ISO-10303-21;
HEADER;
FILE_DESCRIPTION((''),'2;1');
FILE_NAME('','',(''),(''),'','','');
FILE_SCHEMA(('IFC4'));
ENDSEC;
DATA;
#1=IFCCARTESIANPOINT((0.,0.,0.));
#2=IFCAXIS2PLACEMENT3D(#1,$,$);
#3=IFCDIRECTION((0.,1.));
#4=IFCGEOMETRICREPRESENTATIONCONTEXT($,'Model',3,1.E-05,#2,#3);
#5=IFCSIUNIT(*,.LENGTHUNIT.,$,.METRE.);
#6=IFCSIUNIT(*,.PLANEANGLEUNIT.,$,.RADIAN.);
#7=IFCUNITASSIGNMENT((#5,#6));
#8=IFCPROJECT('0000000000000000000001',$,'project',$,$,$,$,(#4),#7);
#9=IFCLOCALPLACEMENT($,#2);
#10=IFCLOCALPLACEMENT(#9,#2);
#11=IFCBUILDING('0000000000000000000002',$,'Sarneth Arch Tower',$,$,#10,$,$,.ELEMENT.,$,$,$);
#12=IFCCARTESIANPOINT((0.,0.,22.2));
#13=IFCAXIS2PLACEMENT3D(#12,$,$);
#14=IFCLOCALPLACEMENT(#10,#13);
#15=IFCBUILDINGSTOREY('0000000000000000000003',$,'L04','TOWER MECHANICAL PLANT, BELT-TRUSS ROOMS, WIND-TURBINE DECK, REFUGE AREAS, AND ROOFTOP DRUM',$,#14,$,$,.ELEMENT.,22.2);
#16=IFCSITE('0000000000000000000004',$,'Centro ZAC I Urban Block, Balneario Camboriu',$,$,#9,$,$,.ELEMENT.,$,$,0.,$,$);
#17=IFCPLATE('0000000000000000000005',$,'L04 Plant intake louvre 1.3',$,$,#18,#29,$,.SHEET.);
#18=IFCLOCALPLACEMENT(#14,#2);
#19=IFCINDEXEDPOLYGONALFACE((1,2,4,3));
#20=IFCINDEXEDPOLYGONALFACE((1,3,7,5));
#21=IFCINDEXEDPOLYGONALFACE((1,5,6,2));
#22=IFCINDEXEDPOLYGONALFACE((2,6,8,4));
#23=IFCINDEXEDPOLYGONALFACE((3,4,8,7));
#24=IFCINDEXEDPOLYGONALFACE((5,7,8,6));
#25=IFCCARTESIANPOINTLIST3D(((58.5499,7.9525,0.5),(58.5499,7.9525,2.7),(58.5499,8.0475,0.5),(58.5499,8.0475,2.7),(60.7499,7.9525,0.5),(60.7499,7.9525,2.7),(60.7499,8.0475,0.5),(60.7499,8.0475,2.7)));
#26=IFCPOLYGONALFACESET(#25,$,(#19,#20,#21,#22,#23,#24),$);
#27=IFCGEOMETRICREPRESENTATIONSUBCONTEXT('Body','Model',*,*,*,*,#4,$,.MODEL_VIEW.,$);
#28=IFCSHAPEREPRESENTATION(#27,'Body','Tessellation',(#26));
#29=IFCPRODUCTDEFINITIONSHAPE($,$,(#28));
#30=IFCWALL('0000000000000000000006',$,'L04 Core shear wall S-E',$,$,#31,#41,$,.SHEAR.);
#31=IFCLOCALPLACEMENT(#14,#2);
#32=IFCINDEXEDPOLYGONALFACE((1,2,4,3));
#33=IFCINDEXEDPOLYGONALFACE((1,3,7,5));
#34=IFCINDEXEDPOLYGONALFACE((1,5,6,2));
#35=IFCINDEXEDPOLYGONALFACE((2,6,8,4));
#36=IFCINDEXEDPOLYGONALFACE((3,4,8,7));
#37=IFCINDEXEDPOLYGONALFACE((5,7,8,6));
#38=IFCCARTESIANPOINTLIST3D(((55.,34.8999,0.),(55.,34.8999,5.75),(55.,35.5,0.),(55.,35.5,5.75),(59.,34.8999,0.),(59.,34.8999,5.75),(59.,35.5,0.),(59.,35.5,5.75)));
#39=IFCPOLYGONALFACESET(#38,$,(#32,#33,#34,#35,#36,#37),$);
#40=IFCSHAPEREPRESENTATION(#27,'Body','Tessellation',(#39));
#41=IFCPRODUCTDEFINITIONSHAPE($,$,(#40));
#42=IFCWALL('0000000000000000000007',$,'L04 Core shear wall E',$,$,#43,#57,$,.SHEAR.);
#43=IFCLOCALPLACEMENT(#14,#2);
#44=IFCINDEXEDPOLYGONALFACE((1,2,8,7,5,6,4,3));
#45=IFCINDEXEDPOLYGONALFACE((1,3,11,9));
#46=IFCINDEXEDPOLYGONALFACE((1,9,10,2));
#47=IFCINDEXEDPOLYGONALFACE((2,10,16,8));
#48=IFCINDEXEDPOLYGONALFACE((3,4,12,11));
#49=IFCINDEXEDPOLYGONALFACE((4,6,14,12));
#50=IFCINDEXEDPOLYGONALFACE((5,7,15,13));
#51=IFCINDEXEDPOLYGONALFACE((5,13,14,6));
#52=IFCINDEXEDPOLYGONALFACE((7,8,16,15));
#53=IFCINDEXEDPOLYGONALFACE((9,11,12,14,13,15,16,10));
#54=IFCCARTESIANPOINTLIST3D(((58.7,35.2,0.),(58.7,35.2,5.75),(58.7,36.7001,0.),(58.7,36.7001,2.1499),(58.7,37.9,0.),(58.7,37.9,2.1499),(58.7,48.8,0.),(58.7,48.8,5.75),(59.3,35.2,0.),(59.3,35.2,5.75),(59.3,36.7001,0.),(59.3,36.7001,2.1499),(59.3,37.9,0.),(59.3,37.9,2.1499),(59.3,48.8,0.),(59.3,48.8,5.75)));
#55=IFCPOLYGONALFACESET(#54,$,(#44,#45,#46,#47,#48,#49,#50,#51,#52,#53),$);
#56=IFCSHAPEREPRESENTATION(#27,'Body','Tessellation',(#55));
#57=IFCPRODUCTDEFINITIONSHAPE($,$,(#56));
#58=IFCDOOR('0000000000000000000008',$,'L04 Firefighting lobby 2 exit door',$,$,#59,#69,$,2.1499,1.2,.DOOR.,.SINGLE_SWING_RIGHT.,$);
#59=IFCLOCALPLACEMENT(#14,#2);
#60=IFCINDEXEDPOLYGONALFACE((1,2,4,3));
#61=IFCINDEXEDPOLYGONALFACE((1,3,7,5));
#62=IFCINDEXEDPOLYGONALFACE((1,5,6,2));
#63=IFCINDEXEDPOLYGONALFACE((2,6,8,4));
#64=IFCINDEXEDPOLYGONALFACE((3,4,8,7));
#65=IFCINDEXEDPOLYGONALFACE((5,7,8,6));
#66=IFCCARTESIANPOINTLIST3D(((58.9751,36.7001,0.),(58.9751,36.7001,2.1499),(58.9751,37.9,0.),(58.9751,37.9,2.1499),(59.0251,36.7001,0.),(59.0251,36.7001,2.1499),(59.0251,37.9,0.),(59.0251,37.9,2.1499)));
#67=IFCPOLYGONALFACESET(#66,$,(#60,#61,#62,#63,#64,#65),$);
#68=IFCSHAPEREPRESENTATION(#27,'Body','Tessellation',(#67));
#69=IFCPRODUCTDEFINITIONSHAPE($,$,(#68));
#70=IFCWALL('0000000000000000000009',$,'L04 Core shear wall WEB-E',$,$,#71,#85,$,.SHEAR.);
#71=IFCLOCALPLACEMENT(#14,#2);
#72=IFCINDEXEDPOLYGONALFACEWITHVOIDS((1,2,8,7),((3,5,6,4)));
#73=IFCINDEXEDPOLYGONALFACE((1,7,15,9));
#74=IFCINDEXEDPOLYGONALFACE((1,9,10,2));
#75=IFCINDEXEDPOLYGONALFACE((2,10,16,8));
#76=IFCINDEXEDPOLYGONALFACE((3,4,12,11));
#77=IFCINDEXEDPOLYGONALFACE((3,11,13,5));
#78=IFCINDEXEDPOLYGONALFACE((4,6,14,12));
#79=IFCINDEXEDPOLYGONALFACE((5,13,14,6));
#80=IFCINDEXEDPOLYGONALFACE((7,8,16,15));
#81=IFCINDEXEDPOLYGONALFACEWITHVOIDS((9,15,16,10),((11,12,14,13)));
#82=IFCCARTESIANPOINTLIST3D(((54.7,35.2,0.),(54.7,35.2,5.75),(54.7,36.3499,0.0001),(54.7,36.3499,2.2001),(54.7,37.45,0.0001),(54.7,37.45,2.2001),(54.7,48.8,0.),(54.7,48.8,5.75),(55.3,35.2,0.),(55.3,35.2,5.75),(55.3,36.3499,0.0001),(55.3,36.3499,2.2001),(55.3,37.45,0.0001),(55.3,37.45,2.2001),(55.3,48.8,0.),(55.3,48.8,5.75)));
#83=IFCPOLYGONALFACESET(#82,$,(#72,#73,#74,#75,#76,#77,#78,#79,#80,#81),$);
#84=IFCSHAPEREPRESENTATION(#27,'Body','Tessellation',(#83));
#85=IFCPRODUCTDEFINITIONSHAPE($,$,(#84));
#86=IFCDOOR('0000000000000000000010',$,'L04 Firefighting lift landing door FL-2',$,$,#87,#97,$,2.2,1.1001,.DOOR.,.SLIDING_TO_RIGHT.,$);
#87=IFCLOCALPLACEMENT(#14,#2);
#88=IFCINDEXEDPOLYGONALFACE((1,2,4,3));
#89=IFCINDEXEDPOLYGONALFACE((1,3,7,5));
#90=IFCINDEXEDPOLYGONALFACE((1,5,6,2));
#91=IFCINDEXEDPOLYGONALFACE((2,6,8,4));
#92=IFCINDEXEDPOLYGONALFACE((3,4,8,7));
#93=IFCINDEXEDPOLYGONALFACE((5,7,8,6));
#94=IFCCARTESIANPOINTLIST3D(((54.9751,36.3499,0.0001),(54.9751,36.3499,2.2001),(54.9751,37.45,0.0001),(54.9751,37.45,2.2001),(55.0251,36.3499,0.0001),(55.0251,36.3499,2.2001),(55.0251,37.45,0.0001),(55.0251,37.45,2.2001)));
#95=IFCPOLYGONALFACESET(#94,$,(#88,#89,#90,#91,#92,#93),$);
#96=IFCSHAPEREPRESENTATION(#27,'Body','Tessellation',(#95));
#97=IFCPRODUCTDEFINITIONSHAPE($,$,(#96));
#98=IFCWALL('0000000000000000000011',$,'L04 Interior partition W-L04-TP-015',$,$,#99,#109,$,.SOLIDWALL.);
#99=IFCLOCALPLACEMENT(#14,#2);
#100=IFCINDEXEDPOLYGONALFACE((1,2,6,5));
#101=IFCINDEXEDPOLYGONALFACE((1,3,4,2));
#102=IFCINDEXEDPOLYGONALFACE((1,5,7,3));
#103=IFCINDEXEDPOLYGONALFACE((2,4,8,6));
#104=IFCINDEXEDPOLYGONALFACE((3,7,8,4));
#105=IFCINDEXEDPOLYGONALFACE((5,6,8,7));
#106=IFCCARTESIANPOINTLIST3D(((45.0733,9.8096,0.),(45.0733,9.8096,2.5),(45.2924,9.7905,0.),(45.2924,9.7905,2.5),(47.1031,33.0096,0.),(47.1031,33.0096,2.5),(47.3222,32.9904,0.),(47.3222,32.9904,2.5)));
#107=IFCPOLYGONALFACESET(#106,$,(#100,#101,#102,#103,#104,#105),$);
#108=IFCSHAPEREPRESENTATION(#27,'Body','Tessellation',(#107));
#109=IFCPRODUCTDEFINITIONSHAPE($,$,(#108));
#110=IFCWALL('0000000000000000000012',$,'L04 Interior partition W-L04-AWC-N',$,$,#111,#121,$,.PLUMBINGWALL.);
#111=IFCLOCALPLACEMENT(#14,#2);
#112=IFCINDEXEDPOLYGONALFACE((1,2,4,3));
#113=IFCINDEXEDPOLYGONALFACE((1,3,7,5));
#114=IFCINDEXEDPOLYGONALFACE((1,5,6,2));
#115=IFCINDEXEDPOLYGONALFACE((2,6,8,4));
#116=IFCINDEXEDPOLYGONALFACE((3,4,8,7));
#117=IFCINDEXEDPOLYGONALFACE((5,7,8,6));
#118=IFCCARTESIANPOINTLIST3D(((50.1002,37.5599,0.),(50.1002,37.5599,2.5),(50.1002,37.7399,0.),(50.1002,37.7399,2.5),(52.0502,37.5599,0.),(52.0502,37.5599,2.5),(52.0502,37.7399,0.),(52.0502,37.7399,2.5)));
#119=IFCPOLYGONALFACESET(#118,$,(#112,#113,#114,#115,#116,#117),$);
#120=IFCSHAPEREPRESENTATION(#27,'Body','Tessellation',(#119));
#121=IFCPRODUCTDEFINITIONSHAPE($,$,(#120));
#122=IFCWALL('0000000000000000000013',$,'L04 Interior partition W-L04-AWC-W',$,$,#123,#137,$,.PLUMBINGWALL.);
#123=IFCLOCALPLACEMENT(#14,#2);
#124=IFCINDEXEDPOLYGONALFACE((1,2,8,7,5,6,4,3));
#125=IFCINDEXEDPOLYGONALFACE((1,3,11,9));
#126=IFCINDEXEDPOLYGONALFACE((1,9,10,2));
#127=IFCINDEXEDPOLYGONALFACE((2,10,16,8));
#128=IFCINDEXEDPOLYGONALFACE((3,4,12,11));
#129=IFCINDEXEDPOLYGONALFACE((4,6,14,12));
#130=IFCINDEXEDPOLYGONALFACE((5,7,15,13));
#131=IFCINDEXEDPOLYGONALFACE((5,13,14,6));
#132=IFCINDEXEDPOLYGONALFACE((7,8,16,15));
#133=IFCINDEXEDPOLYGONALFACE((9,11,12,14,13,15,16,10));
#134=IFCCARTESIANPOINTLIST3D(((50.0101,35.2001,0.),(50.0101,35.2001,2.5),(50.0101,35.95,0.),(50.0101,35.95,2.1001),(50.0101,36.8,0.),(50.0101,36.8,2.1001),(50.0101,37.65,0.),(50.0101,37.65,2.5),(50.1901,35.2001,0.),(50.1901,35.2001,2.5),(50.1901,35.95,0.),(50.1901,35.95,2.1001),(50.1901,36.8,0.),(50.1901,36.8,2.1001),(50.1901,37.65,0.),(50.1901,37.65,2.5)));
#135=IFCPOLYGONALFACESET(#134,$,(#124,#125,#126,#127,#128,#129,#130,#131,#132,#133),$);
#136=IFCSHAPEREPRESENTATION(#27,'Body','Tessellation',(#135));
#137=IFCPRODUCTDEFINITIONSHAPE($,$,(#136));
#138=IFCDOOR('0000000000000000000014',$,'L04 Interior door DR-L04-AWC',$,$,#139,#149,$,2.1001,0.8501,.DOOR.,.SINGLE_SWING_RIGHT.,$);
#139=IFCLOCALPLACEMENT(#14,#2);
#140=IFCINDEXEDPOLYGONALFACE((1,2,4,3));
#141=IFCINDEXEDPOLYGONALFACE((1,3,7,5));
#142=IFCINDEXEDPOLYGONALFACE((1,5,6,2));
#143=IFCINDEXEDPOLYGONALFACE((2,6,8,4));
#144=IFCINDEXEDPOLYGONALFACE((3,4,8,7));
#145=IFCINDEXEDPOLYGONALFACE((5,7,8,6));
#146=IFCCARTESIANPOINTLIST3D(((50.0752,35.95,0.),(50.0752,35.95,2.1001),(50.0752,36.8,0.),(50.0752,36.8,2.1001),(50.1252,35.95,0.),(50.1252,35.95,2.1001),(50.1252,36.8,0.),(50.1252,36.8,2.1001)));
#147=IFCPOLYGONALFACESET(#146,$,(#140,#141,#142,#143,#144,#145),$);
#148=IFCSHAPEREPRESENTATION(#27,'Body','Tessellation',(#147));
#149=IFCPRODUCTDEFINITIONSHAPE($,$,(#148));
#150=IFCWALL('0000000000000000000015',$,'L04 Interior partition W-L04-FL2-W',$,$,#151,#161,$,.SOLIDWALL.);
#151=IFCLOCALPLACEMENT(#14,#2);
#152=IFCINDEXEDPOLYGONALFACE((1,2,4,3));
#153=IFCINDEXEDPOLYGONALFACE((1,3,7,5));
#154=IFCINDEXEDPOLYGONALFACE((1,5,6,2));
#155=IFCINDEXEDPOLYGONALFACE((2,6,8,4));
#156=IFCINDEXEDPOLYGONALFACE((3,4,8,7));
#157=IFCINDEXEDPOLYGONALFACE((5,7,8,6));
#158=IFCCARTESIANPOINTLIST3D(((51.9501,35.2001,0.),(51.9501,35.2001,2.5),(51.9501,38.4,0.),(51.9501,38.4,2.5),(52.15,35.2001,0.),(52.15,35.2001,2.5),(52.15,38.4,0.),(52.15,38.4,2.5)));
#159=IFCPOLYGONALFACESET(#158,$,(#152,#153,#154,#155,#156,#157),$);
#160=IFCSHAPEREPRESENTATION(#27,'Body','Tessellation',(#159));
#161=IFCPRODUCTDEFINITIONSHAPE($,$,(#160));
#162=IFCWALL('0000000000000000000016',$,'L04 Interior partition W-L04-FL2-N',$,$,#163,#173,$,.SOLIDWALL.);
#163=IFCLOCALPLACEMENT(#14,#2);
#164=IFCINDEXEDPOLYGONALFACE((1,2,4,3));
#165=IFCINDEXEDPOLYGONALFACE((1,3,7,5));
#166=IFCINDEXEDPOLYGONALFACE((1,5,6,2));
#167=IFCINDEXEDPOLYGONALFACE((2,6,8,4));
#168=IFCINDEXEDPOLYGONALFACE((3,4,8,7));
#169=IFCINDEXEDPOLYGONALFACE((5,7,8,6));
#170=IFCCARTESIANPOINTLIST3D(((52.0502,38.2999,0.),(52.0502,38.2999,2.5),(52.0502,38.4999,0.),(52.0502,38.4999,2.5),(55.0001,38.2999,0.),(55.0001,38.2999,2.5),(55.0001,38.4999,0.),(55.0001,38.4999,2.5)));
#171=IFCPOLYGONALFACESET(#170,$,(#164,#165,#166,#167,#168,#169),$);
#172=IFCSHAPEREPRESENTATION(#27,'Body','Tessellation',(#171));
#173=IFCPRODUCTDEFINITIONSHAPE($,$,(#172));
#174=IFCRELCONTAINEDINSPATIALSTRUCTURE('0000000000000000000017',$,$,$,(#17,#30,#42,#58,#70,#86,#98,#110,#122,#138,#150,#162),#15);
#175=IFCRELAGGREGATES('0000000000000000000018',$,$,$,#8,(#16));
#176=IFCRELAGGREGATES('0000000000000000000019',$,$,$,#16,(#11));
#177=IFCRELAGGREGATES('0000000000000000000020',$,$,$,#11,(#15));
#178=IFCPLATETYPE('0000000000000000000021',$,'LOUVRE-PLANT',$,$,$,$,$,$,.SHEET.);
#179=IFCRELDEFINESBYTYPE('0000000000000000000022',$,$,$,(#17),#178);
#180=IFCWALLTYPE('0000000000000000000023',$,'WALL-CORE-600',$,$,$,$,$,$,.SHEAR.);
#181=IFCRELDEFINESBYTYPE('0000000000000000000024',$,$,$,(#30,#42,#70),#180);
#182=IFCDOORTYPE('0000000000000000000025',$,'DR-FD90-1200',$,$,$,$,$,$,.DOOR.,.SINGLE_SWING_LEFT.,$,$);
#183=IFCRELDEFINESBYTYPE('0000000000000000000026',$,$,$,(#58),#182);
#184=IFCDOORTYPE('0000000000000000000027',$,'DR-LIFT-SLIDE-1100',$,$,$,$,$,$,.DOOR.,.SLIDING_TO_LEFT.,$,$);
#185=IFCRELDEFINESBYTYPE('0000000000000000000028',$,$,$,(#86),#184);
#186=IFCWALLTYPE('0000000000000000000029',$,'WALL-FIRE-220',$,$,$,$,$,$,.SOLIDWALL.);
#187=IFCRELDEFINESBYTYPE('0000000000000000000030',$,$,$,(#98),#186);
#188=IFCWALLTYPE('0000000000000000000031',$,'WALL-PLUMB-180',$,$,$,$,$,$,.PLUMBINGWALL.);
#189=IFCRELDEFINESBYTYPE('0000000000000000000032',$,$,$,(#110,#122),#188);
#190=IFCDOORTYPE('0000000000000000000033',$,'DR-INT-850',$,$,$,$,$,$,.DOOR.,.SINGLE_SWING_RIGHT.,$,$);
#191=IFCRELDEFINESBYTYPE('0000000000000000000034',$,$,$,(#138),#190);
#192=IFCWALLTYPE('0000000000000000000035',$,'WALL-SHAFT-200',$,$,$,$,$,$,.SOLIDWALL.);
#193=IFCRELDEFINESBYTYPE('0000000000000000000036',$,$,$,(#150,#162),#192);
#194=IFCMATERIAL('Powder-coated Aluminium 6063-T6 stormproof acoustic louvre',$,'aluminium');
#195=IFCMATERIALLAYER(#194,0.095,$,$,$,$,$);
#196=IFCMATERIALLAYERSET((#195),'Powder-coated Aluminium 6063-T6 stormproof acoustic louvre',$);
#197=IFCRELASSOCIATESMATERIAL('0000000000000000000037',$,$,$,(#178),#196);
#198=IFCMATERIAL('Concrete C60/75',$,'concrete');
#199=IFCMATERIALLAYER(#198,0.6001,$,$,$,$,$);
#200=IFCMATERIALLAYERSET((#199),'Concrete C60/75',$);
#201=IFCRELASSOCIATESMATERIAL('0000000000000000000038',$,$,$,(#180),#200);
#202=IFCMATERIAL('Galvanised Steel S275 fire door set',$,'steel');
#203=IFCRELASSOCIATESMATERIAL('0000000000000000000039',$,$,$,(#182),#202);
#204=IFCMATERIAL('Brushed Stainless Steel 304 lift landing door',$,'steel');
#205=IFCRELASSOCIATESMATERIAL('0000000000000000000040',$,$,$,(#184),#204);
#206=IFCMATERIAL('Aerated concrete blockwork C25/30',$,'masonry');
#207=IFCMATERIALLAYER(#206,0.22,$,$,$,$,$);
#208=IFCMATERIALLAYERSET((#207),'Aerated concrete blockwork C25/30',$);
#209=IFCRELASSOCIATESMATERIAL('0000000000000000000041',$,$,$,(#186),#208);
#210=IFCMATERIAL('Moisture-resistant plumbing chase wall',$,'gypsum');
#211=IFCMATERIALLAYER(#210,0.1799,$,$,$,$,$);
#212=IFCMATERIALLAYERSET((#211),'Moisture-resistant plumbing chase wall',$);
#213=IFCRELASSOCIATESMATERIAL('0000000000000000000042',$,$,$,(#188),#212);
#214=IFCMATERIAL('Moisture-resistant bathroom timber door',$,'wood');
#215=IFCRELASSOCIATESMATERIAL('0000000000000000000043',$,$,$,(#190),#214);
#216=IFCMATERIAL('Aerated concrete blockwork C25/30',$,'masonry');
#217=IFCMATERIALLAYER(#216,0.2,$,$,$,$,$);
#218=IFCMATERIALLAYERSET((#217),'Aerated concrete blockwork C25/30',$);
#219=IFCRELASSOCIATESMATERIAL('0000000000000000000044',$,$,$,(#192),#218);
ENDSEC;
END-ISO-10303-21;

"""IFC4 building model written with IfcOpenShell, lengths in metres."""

from ifc_helpers import new_model, si_unit, direction, frame, frame_2d, origin, origin_2d, place, context, subcontext, project, spatial, rectangle, extrude, material, layer, layer_set, type_object, element, fill, save


model = new_model("IFC4")

# Units and contexts
model_context = context("Model", 3, precision=1e-05, world=origin(), true_north=direction((0.0, 1.0)))
body_context = subcontext(model_context, "Body", "Model", "MODEL_VIEW")
ifc_project = project(units=[si_unit("LENGTHUNIT", "METRE"), si_unit("PLANEANGLEUNIT", "RADIAN")], contexts=[model_context])

# Site, building, storey
site_placement = place(None, origin())
site = spatial("IfcSite", under=ifc_project, at=site_placement, Name="Centro ZAC I Urban Block, Balneario Camboriu", CompositionType="ELEMENT", RefElevation=0.0)
building_placement = place(site_placement, origin())
building = spatial("IfcBuilding", under=site, at=building_placement, Name="Sarneth Arch Tower", CompositionType="ELEMENT")
storey_placement = place(building_placement, frame((0.0, 0.0, 22.2)))
storey = spatial("IfcBuildingStorey", under=building, at=storey_placement, Name="L04", Description="TOWER MECHANICAL PLANT, BELT-TRUSS ROOMS, WIND-TURBINE DECK, REFUGE AREAS, AND ROOFTOP DRUM", CompositionType="ELEMENT", Elevation=22.2)

# Plate
ifc_material_1 = material(Name="Powder-coated Aluminium 6063-T6 stormproof acoustic louvre", Category="aluminium")
ifc_layer_1 = layer(ifc_material_1, 0.095)
ifc_layer_set_1 = layer_set([ifc_layer_1], Name="Powder-coated Aluminium 6063-T6 stormproof acoustic louvre")
plate_type = type_object("IfcPlateType", Name="LOUVRE-PLANT", PredefinedType="SHEET", material=ifc_layer_set_1)
plate_placement = place(storey_placement, frame((59.6499, 8.0, 0.5), z_axis=(0.0, 0.0, 1.0), x_axis=(1.0, 0.0, 0.0)))
element("IfcPlate", 1, at=plate_placement, inside=storey, type_object=plate_type, Name="L04 Plant intake louvre 1.3", PredefinedType="SHEET", context=body_context, shape_type="SweptSolid", body=[
    extrude(rectangle(XDim=2.2, YDim=0.095, at=origin_2d()), origin(), (0.0, 0.0, 1.0), 2.2),
])

# Wall
ifc_material_2 = material(Name="Concrete C60/75", Category="concrete")
ifc_layer_2 = layer(ifc_material_2, 0.6001)
ifc_layer_set_2 = layer_set([ifc_layer_2], Name="Concrete C60/75")
wall_type_1 = type_object("IfcWallType", Name="WALL-CORE-600", PredefinedType="SHEAR", material=ifc_layer_set_2)
wall_1_placement = place(storey_placement, frame((55.0, 35.2, 0.0), z_axis=(0.0, 0.0, 1.0), x_axis=(1.0, 0.0, 0.0)))
element("IfcWall", 2, at=wall_1_placement, inside=storey, type_object=wall_type_1, Name="L04 Core shear wall S-E", PredefinedType="SHEAR", context=body_context, shape_type="SweptSolid", body=[
    extrude(rectangle(XDim=4.0, YDim=0.6001, at=frame_2d((2.0, 0.0))), origin(), (0.0, 0.0, 1.0), 5.75),
])

# Walls, openings, doors
wall_2_placement = place(storey_placement, frame((59.0, 35.2, 0.0), z_axis=(0.0, 0.0, 1.0), x_axis=(0.0, 1.0, 0.0)))
wall_2 = element("IfcWall", 3, at=wall_2_placement, inside=storey, type_object=wall_type_1, Name="L04 Core shear wall E", PredefinedType="SHEAR", context=body_context, shape_type="SweptSolid", body=[
    extrude(rectangle(XDim=13.6001, YDim=0.6001, at=frame_2d((6.8, 0.0))), origin(), (0.0, 0.0, 1.0), 5.75),
])
opening_1_placement = place(wall_2_placement, frame((1.5, 0.0, 0.0)))
opening_1 = element("IfcOpeningElement", 4, at=opening_1_placement, cuts=wall_2, PredefinedType="OPENING", context=body_context, shape_type="SweptSolid", body=[
    extrude(rectangle(XDim=1.2, YDim=2.1499, at=frame_2d((0.6001, 1.075))), frame((0.0, 0.3101, 0.0), z_axis=(0.0, -1.0, 0.0), x_axis=(1.0, 0.0, 0.0)), (0.0, 0.0, 1.0), 0.6201),
])
ifc_material_3 = material(Name="Galvanised Steel S275 fire door set", Category="steel")
door_type_1 = type_object("IfcDoorType", Name="DR-FD90-1200", OperationType="SINGLE_SWING_LEFT", PredefinedType="DOOR", material=ifc_material_3)
door_1_placement = place(opening_1_placement, origin())
door_1 = element("IfcDoor", 5, at=door_1_placement, inside=storey, type_object=door_type_1, Name="L04 Firefighting lobby 2 exit door", OperationType="SINGLE_SWING_RIGHT", OverallHeight=2.1499, OverallWidth=1.2, PredefinedType="DOOR", context=body_context, shape_type="SweptSolid", body=[
    extrude(rectangle(XDim=1.2, YDim=2.1499, at=frame_2d((0.6001, 1.075))), frame((0.0, 0.0249, 0.0), z_axis=(0.0, -1.0, 0.0), x_axis=(1.0, 0.0, 0.0)), (0.0, 0.0, 1.0), 0.05),
])
fill(opening_1, door_1)
wall_3_placement = place(storey_placement, frame((55.0, 35.2, 0.0), z_axis=(0.0, 0.0, 1.0), x_axis=(0.0, 1.0, 0.0)))
wall_3 = element("IfcWall", 6, at=wall_3_placement, inside=storey, type_object=wall_type_1, Name="L04 Core shear wall WEB-E", PredefinedType="SHEAR", context=body_context, shape_type="SweptSolid", body=[
    extrude(rectangle(XDim=13.6001, YDim=0.6001, at=frame_2d((6.8, 0.0))), origin(), (0.0, 0.0, 1.0), 5.75),
])
opening_2_placement = place(wall_3_placement, frame((1.1499, 0.0, 0.0)))
opening_2 = element("IfcOpeningElement", 7, at=opening_2_placement, cuts=wall_3, PredefinedType="OPENING", context=body_context, shape_type="SweptSolid", body=[
    extrude(rectangle(XDim=1.1001, YDim=2.2, at=frame_2d((0.55, 1.1001))), frame((0.0, 0.3101, 0.0), z_axis=(0.0, -1.0, 0.0), x_axis=(1.0, 0.0, 0.0)), (0.0, 0.0, 1.0), 0.6201),
])
ifc_material_4 = material(Name="Brushed Stainless Steel 304 lift landing door", Category="steel")
door_type_2 = type_object("IfcDoorType", Name="DR-LIFT-SLIDE-1100", OperationType="SLIDING_TO_LEFT", PredefinedType="DOOR", material=ifc_material_4)
door_2_placement = place(opening_2_placement, origin())
door_2 = element("IfcDoor", 8, at=door_2_placement, inside=storey, type_object=door_type_2, Name="L04 Firefighting lift landing door FL-2", OperationType="SLIDING_TO_RIGHT", OverallHeight=2.2, OverallWidth=1.1001, PredefinedType="DOOR", context=body_context, shape_type="SweptSolid", body=[
    extrude(rectangle(XDim=1.1001, YDim=2.2, at=frame_2d((0.55, 1.1001))), frame((0.0, 0.0249, 0.0), z_axis=(0.0, -1.0, 0.0), x_axis=(1.0, 0.0, 0.0)), (0.0, 0.0, 1.0), 0.05),
])
fill(opening_2, door_2)

# Wall
ifc_material_5 = material(Name="Aerated concrete blockwork C25/30", Category="masonry")
ifc_layer_3 = layer(ifc_material_5, 0.22)
ifc_layer_set_3 = layer_set([ifc_layer_3], Name="Aerated concrete blockwork C25/30")
wall_type_2 = type_object("IfcWallType", Name="WALL-FIRE-220", PredefinedType="SOLIDWALL", material=ifc_layer_set_3)
wall_4_placement = place(storey_placement, frame((47.2126, 33.0, 0.0), z_axis=(0.0, 0.0, 1.0), x_axis=(-0.087158, -0.996195, 0.0)))
element("IfcWall", 9, at=wall_4_placement, inside=storey, type_object=wall_type_2, Name="L04 Interior partition W-L04-TP-015", PredefinedType="SOLIDWALL", context=body_context, shape_type="SweptSolid", body=[
    extrude(rectangle(XDim=23.2886, YDim=0.22, at=frame_2d((11.6443, 0.0))), origin(), (0.0, 0.0, 1.0), 2.5),
])

# Wall
ifc_material_6 = material(Name="Moisture-resistant plumbing chase wall", Category="gypsum")
ifc_layer_4 = layer(ifc_material_6, 0.1799)
ifc_layer_set_4 = layer_set([ifc_layer_4], Name="Moisture-resistant plumbing chase wall")
wall_type_3 = type_object("IfcWallType", Name="WALL-PLUMB-180", PredefinedType="PLUMBINGWALL", material=ifc_layer_set_4)
wall_5_placement = place(storey_placement, frame((50.1001, 37.6499, 0.0), z_axis=(0.0, 0.0, 1.0), x_axis=(1.0, 0.0, 0.0)))
element("IfcWall", 10, at=wall_5_placement, inside=storey, type_object=wall_type_3, Name="L04 Interior partition W-L04-AWC-N", PredefinedType="PLUMBINGWALL", context=body_context, shape_type="SweptSolid", body=[
    extrude(rectangle(XDim=1.95, YDim=0.1799, at=frame_2d((0.9751, 0.0))), origin(), (0.0, 0.0, 1.0), 2.5),
])

# Wall, opening, door
wall_6_placement = place(storey_placement, frame((50.1001, 35.2, 0.0), z_axis=(0.0, 0.0, 1.0), x_axis=(0.0, 1.0, 0.0)))
wall_6 = element("IfcWall", 11, at=wall_6_placement, inside=storey, type_object=wall_type_3, Name="L04 Interior partition W-L04-AWC-W", PredefinedType="PLUMBINGWALL", context=body_context, shape_type="SweptSolid", body=[
    extrude(rectangle(XDim=2.45, YDim=0.1799, at=frame_2d((1.2251, 0.0))), origin(), (0.0, 0.0, 1.0), 2.5),
])
opening_3_placement = place(wall_6_placement, frame((0.75, 0.0, 0.0)))
opening_3 = element("IfcOpeningElement", 12, at=opening_3_placement, cuts=wall_6, PredefinedType="OPENING", context=body_context, shape_type="SweptSolid", body=[
    extrude(rectangle(XDim=0.8501, YDim=2.1001, at=frame_2d((0.425, 1.05))), frame((0.0, 0.0999, 0.0), z_axis=(0.0, -1.0, 0.0), x_axis=(1.0, 0.0, 0.0)), (0.0, 0.0, 1.0), 0.2),
])
ifc_material_7 = material(Name="Moisture-resistant bathroom timber door", Category="wood")
door_type_3 = type_object("IfcDoorType", Name="DR-INT-850", OperationType="SINGLE_SWING_RIGHT", PredefinedType="DOOR", material=ifc_material_7)
door_3_placement = place(opening_3_placement, origin())
door_3 = element("IfcDoor", 13, at=door_3_placement, inside=storey, type_object=door_type_3, Name="L04 Interior door DR-L04-AWC", OperationType="SINGLE_SWING_RIGHT", OverallHeight=2.1001, OverallWidth=0.8501, PredefinedType="DOOR", context=body_context, shape_type="SweptSolid", body=[
    extrude(rectangle(XDim=0.8501, YDim=2.1001, at=frame_2d((0.425, 1.05))), frame((0.0, 0.0249, 0.0), z_axis=(0.0, -1.0, 0.0), x_axis=(1.0, 0.0, 0.0)), (0.0, 0.0, 1.0), 0.05),
])
fill(opening_3, door_3)
ifc_material_8 = material(Name="Aerated concrete blockwork C25/30", Category="masonry")
ifc_layer_5 = layer(ifc_material_8, 0.2)
ifc_layer_set_5 = layer_set([ifc_layer_5], Name="Aerated concrete blockwork C25/30")
wall_type_4 = type_object("IfcWallType", Name="WALL-SHAFT-200", PredefinedType="SOLIDWALL", material=ifc_layer_set_5)

# Walls
wall_7_placement = place(storey_placement, frame((52.05, 35.2, 0.0), z_axis=(0.0, 0.0, 1.0), x_axis=(0.0, 1.0, 0.0)))
element("IfcWall", 14, at=wall_7_placement, inside=storey, type_object=wall_type_4, Name="L04 Interior partition W-L04-FL2-W", PredefinedType="SOLIDWALL", context=body_context, shape_type="SweptSolid", body=[
    extrude(rectangle(XDim=3.2, YDim=0.2, at=frame_2d((1.6001, 0.0))), origin(), (0.0, 0.0, 1.0), 2.5),
])
wall_8_placement = place(storey_placement, frame((52.05, 38.3999, 0.0), z_axis=(0.0, 0.0, 1.0), x_axis=(1.0, 0.0, 0.0)))
element("IfcWall", 15, at=wall_8_placement, inside=storey, type_object=wall_type_4, Name="L04 Interior partition W-L04-FL2-N", PredefinedType="SOLIDWALL", context=body_context, shape_type="SweptSolid", body=[
    extrude(rectangle(XDim=2.95, YDim=0.2, at=frame_2d((1.4751, 0.0))), origin(), (0.0, 0.0, 1.0), 2.5),
])

save(model, "model.ifc")
